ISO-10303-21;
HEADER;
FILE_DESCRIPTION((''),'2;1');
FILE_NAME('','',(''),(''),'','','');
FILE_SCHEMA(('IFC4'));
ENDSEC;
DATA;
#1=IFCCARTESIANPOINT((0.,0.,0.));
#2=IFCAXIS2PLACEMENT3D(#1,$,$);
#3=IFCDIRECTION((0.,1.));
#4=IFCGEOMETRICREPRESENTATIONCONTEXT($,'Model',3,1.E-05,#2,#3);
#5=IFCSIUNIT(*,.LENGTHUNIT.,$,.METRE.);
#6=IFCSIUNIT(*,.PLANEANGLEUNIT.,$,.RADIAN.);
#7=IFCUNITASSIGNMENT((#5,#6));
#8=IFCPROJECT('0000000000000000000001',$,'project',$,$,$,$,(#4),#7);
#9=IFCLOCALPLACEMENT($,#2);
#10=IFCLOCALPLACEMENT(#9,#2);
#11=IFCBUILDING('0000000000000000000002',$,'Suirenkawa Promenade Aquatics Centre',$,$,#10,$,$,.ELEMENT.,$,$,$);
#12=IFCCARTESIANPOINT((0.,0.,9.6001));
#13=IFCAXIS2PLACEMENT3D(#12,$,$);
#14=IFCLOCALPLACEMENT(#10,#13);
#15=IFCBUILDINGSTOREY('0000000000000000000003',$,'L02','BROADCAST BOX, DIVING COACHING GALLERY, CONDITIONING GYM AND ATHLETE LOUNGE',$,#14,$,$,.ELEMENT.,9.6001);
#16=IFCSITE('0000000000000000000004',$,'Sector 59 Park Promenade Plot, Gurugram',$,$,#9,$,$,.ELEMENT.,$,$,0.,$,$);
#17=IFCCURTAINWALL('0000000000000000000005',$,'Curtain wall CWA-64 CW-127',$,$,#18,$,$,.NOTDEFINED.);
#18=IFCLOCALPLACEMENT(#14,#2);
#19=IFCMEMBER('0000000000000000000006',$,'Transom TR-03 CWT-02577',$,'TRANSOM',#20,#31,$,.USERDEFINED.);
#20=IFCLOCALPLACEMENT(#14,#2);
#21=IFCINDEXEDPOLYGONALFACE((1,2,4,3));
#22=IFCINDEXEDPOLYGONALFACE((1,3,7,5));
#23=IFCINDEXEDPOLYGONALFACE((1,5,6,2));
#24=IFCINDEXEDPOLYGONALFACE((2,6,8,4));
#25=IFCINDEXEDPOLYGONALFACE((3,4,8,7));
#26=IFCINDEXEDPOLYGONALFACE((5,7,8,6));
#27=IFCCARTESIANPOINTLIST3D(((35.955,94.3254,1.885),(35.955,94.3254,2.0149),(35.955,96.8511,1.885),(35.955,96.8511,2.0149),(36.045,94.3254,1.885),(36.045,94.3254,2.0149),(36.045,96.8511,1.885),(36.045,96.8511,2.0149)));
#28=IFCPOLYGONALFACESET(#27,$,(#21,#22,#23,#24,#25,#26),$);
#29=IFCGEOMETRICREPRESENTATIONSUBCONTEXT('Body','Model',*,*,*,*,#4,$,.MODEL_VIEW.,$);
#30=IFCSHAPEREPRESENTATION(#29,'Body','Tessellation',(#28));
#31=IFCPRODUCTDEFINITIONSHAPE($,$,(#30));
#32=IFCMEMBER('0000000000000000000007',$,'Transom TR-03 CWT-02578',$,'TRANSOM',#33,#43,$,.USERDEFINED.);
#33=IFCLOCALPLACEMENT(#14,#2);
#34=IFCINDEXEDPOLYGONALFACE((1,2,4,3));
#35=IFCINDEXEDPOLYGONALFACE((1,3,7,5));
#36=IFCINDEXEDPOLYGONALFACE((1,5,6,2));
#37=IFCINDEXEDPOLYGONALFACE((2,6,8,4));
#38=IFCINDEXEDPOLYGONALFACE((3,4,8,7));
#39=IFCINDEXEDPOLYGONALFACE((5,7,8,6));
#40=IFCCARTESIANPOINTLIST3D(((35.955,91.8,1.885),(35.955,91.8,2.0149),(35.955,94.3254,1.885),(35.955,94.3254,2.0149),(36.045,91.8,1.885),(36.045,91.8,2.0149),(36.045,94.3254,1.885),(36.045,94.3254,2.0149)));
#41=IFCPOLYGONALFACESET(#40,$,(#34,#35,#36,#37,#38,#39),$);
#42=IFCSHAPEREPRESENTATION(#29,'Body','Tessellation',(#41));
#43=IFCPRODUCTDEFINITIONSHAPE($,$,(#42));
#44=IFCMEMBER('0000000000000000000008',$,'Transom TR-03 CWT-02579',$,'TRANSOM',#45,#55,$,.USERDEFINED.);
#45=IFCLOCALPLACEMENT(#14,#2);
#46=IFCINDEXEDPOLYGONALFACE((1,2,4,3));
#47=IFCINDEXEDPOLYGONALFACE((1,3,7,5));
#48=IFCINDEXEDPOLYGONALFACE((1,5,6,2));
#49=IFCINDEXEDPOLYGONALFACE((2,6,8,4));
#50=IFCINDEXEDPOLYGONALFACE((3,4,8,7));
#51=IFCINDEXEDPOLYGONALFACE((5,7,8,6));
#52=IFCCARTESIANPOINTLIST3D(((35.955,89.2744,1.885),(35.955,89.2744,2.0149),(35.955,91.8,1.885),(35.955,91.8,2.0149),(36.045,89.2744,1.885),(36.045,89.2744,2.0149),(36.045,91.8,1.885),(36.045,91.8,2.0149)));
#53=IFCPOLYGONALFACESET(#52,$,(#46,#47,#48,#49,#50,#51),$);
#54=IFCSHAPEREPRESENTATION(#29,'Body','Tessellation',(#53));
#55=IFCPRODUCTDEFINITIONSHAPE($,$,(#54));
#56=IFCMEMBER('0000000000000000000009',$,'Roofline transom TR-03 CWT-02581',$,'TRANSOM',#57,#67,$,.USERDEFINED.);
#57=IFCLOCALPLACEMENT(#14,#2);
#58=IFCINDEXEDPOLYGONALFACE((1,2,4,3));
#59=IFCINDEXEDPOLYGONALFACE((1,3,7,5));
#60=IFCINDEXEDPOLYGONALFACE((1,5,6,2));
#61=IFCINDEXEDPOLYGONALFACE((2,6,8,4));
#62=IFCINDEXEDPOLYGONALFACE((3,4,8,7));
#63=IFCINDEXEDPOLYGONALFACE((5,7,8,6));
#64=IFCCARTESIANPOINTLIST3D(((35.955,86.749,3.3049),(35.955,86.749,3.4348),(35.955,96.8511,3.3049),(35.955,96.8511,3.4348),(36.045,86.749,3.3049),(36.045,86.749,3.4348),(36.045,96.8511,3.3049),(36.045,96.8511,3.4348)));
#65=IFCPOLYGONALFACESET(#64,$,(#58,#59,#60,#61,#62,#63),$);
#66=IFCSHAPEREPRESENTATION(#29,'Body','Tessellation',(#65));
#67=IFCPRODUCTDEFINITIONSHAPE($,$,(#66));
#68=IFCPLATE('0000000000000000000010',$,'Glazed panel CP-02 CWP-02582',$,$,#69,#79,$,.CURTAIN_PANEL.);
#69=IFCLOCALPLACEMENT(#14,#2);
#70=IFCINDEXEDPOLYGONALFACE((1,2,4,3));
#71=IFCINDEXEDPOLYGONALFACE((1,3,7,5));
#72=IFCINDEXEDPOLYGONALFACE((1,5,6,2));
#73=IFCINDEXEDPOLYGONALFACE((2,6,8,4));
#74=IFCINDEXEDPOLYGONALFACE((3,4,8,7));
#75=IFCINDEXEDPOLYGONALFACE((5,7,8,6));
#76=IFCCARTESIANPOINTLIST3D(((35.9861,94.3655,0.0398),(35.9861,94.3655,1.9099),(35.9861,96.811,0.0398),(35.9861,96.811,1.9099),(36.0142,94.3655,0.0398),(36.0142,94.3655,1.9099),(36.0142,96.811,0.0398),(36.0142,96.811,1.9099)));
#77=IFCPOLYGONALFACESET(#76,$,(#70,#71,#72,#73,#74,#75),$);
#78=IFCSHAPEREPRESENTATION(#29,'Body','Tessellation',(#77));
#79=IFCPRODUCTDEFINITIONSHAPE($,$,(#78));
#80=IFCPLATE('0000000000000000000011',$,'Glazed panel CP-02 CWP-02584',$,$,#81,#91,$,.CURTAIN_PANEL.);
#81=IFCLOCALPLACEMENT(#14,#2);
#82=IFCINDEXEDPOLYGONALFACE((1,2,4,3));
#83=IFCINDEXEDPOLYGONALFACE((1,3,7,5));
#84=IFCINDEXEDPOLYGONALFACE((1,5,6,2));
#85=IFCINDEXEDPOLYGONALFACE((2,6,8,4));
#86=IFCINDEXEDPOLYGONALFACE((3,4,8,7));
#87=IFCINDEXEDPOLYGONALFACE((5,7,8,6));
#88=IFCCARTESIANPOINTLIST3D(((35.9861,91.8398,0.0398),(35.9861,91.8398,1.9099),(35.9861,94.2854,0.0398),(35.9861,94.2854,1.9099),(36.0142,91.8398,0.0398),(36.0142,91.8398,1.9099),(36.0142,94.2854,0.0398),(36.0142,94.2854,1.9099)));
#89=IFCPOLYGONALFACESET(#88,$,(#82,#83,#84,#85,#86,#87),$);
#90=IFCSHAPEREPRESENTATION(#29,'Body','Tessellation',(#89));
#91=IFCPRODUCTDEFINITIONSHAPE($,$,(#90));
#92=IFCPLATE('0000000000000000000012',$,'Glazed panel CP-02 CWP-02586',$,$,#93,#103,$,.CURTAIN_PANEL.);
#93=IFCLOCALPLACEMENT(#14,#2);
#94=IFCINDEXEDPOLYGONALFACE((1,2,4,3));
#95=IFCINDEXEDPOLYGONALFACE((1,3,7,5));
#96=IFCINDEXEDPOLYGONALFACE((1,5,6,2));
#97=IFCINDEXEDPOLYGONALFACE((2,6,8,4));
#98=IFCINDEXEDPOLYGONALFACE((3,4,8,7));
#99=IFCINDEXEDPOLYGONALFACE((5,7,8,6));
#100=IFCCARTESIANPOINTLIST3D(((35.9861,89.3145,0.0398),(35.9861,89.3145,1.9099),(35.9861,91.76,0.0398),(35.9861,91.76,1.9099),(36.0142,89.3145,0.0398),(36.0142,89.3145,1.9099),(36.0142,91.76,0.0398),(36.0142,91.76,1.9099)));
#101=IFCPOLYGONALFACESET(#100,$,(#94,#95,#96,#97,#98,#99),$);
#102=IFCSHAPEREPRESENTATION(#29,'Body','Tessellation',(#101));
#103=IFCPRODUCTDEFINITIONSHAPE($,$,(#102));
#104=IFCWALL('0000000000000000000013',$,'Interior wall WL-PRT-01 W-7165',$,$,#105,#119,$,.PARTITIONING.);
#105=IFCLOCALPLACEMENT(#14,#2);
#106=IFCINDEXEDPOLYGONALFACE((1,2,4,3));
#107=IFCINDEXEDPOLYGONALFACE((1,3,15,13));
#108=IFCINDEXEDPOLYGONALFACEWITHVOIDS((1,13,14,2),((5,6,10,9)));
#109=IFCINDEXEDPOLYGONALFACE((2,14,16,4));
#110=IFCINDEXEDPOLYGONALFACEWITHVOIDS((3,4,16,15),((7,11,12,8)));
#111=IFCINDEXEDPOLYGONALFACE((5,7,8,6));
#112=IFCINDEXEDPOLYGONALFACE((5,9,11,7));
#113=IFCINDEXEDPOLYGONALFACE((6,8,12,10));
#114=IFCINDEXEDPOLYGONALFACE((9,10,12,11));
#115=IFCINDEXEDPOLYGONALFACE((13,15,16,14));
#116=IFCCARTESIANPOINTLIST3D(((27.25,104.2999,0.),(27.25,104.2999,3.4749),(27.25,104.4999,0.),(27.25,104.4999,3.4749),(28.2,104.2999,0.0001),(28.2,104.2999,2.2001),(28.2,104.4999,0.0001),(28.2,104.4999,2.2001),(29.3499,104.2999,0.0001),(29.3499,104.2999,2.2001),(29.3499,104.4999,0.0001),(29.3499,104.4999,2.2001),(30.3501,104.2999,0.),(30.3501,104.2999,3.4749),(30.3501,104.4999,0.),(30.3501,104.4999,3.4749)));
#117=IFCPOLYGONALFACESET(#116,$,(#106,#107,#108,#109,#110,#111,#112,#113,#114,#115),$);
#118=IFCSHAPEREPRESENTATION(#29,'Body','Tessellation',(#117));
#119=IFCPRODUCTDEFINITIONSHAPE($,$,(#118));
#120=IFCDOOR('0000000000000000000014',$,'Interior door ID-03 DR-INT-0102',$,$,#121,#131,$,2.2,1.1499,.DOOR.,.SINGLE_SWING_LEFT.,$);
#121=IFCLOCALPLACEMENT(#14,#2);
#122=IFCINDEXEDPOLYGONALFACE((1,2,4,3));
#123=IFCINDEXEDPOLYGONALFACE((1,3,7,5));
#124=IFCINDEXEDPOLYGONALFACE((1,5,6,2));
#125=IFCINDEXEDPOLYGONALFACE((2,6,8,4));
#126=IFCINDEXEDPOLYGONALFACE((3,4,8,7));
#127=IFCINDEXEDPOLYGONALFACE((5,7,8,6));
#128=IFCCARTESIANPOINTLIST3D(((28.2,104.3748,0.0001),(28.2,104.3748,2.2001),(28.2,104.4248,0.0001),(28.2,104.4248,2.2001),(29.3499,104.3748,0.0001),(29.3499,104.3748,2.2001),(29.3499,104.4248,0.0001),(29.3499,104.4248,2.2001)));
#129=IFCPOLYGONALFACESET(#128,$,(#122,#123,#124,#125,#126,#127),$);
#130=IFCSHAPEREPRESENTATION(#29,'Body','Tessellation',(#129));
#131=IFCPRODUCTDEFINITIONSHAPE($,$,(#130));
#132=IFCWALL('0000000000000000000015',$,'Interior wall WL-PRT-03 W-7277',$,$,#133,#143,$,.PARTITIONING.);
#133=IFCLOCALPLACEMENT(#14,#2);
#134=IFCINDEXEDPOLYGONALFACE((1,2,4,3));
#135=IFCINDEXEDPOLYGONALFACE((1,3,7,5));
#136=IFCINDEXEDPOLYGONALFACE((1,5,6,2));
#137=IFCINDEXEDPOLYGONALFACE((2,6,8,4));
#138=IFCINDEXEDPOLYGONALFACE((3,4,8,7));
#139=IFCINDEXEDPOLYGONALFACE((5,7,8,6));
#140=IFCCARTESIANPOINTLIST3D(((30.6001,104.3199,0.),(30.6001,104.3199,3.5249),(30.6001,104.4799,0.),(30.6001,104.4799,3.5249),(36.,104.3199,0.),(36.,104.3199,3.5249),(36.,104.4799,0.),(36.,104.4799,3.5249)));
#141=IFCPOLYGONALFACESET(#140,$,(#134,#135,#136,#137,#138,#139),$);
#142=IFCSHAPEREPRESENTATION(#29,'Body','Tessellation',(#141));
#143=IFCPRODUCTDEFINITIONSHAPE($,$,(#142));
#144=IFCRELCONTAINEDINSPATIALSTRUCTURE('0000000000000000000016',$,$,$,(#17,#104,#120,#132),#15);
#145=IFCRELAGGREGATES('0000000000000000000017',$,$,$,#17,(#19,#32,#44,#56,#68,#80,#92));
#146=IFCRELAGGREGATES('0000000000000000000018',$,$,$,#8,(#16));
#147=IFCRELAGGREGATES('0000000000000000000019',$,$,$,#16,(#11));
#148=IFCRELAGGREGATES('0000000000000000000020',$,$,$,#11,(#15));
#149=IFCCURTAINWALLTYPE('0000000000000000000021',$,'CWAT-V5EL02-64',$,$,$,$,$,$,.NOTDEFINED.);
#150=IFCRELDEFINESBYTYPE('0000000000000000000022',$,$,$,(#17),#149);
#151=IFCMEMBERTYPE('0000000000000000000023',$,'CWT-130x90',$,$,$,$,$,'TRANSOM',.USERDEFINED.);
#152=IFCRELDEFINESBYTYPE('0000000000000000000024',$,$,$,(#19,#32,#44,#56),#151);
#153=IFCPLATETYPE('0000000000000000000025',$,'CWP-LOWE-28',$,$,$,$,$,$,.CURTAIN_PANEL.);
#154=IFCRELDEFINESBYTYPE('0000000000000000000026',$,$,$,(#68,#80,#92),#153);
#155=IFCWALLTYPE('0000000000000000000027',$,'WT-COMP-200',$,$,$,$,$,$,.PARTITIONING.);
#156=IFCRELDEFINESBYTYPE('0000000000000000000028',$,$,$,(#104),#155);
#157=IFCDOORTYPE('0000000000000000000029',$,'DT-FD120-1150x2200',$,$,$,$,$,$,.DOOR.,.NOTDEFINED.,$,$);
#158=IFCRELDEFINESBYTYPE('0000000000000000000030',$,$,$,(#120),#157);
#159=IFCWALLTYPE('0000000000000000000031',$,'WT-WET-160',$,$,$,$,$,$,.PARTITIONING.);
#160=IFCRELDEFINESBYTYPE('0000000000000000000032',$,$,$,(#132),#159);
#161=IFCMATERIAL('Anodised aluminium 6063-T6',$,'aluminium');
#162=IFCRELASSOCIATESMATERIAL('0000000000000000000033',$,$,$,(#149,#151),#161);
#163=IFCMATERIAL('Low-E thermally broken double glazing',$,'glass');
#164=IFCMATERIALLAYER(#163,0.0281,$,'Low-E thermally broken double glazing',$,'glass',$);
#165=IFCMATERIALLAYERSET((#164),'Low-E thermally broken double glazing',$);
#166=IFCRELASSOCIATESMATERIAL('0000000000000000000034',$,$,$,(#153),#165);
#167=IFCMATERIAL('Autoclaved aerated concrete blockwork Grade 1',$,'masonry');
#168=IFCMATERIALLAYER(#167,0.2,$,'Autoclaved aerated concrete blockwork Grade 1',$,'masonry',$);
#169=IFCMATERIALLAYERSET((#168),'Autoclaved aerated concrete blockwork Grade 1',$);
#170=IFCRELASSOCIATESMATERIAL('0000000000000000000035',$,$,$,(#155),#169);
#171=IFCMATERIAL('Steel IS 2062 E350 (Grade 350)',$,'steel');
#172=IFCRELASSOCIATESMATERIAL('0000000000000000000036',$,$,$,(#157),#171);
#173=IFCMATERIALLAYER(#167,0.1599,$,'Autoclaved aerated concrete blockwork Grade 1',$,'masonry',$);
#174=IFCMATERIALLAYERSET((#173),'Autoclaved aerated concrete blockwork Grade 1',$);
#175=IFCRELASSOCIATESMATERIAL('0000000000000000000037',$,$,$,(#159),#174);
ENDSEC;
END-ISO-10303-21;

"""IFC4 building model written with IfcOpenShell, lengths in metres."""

from ifc_helpers import new_model, si_unit, direction, frame, frame_2d, origin, origin_2d, place, context, subcontext, project, spatial, polyline, rectangle, outline, extrude, material, layer, layer_set, material_profile, profile_set, type_object, element, fill, aggregate, save


model = new_model("IFC4")

# Units and contexts
model_context = context("Model", 3, precision=1e-05, world=origin(), true_north=direction((0.0, 1.0)))
body_context = subcontext(model_context, "Body", "Model", "MODEL_VIEW")
ifc_project = project(units=[si_unit("LENGTHUNIT", "METRE"), si_unit("PLANEANGLEUNIT", "RADIAN")], contexts=[model_context])

# Site, building, storey
site_placement = place(None, origin())
site = spatial("IfcSite", under=ifc_project, at=site_placement, Name="Sector 59 Park Promenade Plot, Gurugram", CompositionType="ELEMENT", RefElevation=0.0)
building_placement = place(site_placement, origin())
building = spatial("IfcBuilding", under=site, at=building_placement, Name="Suirenkawa Promenade Aquatics Centre", CompositionType="ELEMENT")
storey_placement = place(building_placement, frame((0.0, 0.0, 9.6001)))
storey = spatial("IfcBuildingStorey", under=building, at=storey_placement, Name="L02", Description="BROADCAST BOX, DIVING COACHING GALLERY, CONDITIONING GYM AND ATHLETE LOUNGE", CompositionType="ELEMENT", Elevation=9.6001)

# Shared definitions
ifc_material_1 = material(Name="Steel IS 2062 E350 (Grade 350)", Category="steel")

# Curtain wall, members, plates
ifc_material_2 = material(Name="Anodised aluminium 6063-T6", Category="aluminium")
curtain_wall_type = type_object("IfcCurtainWallType", Name="CWAT-V5EL02-64", PredefinedType="NOTDEFINED", material=ifc_material_2)
curtain_wall_placement = place(storey_placement, origin())
curtain_wall = element("IfcCurtainWall", 1, at=curtain_wall_placement, inside=storey, type_object=curtain_wall_type, Name="Curtain wall CWA-64 CW-127", PredefinedType="NOTDEFINED")
ifc_material_profile_1 = material_profile(ifc_material_2, rectangle(XDim=0.0901, YDim=0.1299, at=origin_2d()), Name="ALU TRAN 90x130", Category="aluminium")
ifc_profile_set_1 = profile_set([ifc_material_profile_1], Name="Anodised aluminium 6063-T6")
member_type_1 = type_object("IfcMemberType", Name="CWT-130x90", ElementType="TRANSOM", PredefinedType="USERDEFINED", material=ifc_profile_set_1)
member_1_placement = place(storey_placement, frame((36.0, 96.8511, 1.95), z_axis=(0.0, -1.0, 0.0), x_axis=(1.0, 0.0, 0.0)))
member_1 = element("IfcMember", 2, at=member_1_placement, type_object=member_type_1, Name="Transom TR-03 CWT-02577", ObjectType="TRANSOM", PredefinedType="USERDEFINED", context=body_context, shape_type="SweptSolid", body=[
    extrude(rectangle(XDim=0.0901, YDim=0.1299, at=origin_2d()), origin(), (0.0, 0.0, 1.0), 2.5256),
])
member_2_placement = place(storey_placement, frame((36.0, 94.3254, 1.95), z_axis=(0.0, -1.0, 0.0), x_axis=(1.0, 0.0, 0.0)))
member_2 = element("IfcMember", 3, at=member_2_placement, type_object=member_type_1, Name="Transom TR-03 CWT-02578", ObjectType="TRANSOM", PredefinedType="USERDEFINED", context=body_context, shape_type="SweptSolid", body=[
    extrude(rectangle(XDim=0.0901, YDim=0.1299, at=origin_2d()), origin(), (0.0, 0.0, 1.0), 2.5254),
])
member_3_placement = place(storey_placement, frame((36.0, 91.8, 1.95), z_axis=(0.0, -1.0, 0.0), x_axis=(1.0, 0.0, 0.0)))
member_3 = element("IfcMember", 4, at=member_3_placement, type_object=member_type_1, Name="Transom TR-03 CWT-02579", ObjectType="TRANSOM", PredefinedType="USERDEFINED", context=body_context, shape_type="SweptSolid", body=[
    extrude(rectangle(XDim=0.0901, YDim=0.1299, at=origin_2d()), origin(), (0.0, 0.0, 1.0), 2.5256),
])
member_4_placement = place(storey_placement, frame((36.0, 96.8511, 3.3699), z_axis=(0.0, -1.0, 0.0), x_axis=(1.0, 0.0, 0.0)))
member_4 = element("IfcMember", 5, at=member_4_placement, type_object=member_type_1, Name="Roofline transom TR-03 CWT-02581", ObjectType="TRANSOM", PredefinedType="USERDEFINED", context=body_context, shape_type="SweptSolid", body=[
    extrude(rectangle(XDim=0.0901, YDim=0.1299, at=origin_2d()), origin(), (0.0, 0.0, 1.0), 10.1021),
])
ifc_material_3 = material(Name="Low-E thermally broken double glazing", Category="glass")
ifc_layer_1 = layer(ifc_material_3, 0.0281, Name="Low-E thermally broken double glazing", Category="glass")
ifc_layer_set_1 = layer_set([ifc_layer_1], Name="Low-E thermally broken double glazing")
plate_type = type_object("IfcPlateType", Name="CWP-LOWE-28", PredefinedType="CURTAIN_PANEL", material=ifc_layer_set_1)
plate_1_placement = place(storey_placement, frame((36.0, 96.8511, 0.0398), z_axis=(0.0, 0.0, 1.0), x_axis=(0.0, -1.0, 0.0)))
plate_1 = element("IfcPlate", 6, at=plate_1_placement, type_object=plate_type, Name="Glazed panel CP-02 CWP-02582", PredefinedType="CURTAIN_PANEL", context=body_context, shape_type="SweptSolid", body=[
    extrude(outline(polyline([(0.04, 0.0), (2.4856, 0.0), (2.4856, 1.8701), (0.04, 1.8701), (0.04, 0.0)])), frame((0.0, 0.0142, 0.0), z_axis=(0.0, -1.0, 0.0), x_axis=(1.0, 0.0, 0.0)), (0.0, 0.0, 1.0), 0.0281),
])
plate_2_placement = place(storey_placement, frame((36.0, 94.3254, 0.0398), z_axis=(0.0, 0.0, 1.0), x_axis=(0.0, -1.0, 0.0)))
plate_2 = element("IfcPlate", 7, at=plate_2_placement, type_object=plate_type, Name="Glazed panel CP-02 CWP-02584", PredefinedType="CURTAIN_PANEL", context=body_context, shape_type="SweptSolid", body=[
    extrude(outline(polyline([(0.04, 0.0), (2.4856, 0.0), (2.4856, 1.8701), (0.04, 1.8701), (0.04, 0.0)])), frame((0.0, 0.0142, 0.0), z_axis=(0.0, -1.0, 0.0), x_axis=(1.0, 0.0, 0.0)), (0.0, 0.0, 1.0), 0.0281),
])
plate_3_placement = place(storey_placement, frame((36.0, 91.8, 0.0398), z_axis=(0.0, 0.0, 1.0), x_axis=(0.0, -1.0, 0.0)))
plate_3 = element("IfcPlate", 8, at=plate_3_placement, type_object=plate_type, Name="Glazed panel CP-02 CWP-02586", PredefinedType="CURTAIN_PANEL", context=body_context, shape_type="SweptSolid", body=[
    extrude(outline(polyline([(0.04, 0.0), (2.4856, 0.0), (2.4856, 1.8701), (0.04, 1.8701), (0.04, 0.0)])), frame((0.0, 0.0142, 0.0), z_axis=(0.0, -1.0, 0.0), x_axis=(1.0, 0.0, 0.0)), (0.0, 0.0, 1.0), 0.0281),
])
aggregate(curtain_wall, [member_1, member_2, member_3, member_4, plate_1, plate_2, plate_3])

# Wall, opening, door
ifc_material_4 = material(Name="Autoclaved aerated concrete blockwork Grade 1", Category="masonry")
ifc_layer_2 = layer(ifc_material_4, 0.2, Name="Autoclaved aerated concrete blockwork Grade 1", Category="masonry")
ifc_layer_set_2 = layer_set([ifc_layer_2], Name="Autoclaved aerated concrete blockwork Grade 1")
wall_type_1 = type_object("IfcWallType", Name="WT-COMP-200", PredefinedType="PARTITIONING", material=ifc_layer_set_2)
wall_1_placement = place(storey_placement, frame((27.25, 104.3999, 0.0), z_axis=(0.0, 0.0, 1.0), x_axis=(1.0, 0.0, 0.0)))
wall_1 = element("IfcWall", 9, at=wall_1_placement, inside=storey, type_object=wall_type_1, Name="Interior wall WL-PRT-01 W-7165", PredefinedType="PARTITIONING", context=body_context, shape_type="SweptSolid", body=[
    extrude(rectangle(XDim=3.1001, YDim=0.2, at=frame_2d((1.55, 0.0))), origin(), (0.0, 0.0, 1.0), 3.4749),
])
opening_placement = place(wall_1_placement, frame((0.95, 0.0, 0.0)))
opening = element("IfcOpeningElement", 10, at=opening_placement, cuts=wall_1, PredefinedType="OPENING", context=body_context, shape_type="SweptSolid", body=[
    extrude(rectangle(XDim=1.1499, YDim=2.2, at=frame_2d((0.575, 1.1001))), frame((0.0, 0.1099, 0.0), z_axis=(0.0, -1.0, 0.0), x_axis=(1.0, 0.0, 0.0)), (0.0, 0.0, 1.0), 0.22),
])
door_type = type_object("IfcDoorType", Name="DT-FD120-1150x2200", OperationType="NOTDEFINED", PredefinedType="DOOR", material=ifc_material_1)
door_placement = place(opening_placement, origin())
door = element("IfcDoor", 11, at=door_placement, inside=storey, type_object=door_type, Name="Interior door ID-03 DR-INT-0102", OperationType="SINGLE_SWING_LEFT", OverallHeight=2.2, OverallWidth=1.1499, PredefinedType="DOOR", context=body_context, shape_type="SweptSolid", body=[
    extrude(rectangle(XDim=1.1499, YDim=2.2, at=frame_2d((0.575, 1.1001))), frame((0.0, 0.0249, 0.0), z_axis=(0.0, -1.0, 0.0), x_axis=(1.0, 0.0, 0.0)), (0.0, 0.0, 1.0), 0.05),
])
fill(opening, door)

# Wall
ifc_layer_3 = layer(ifc_material_4, 0.1599, Name="Autoclaved aerated concrete blockwork Grade 1", Category="masonry")
ifc_layer_set_3 = layer_set([ifc_layer_3], Name="Autoclaved aerated concrete blockwork Grade 1")
wall_type_2 = type_object("IfcWallType", Name="WT-WET-160", PredefinedType="PARTITIONING", material=ifc_layer_set_3)
wall_2_placement = place(storey_placement, frame((30.6001, 104.3999, 0.0), z_axis=(0.0, 0.0, 1.0), x_axis=(1.0, 0.0, 0.0)))
element("IfcWall", 12, at=wall_2_placement, inside=storey, type_object=wall_type_2, Name="Interior wall WL-PRT-03 W-7277", PredefinedType="PARTITIONING", context=body_context, shape_type="SweptSolid", body=[
    extrude(rectangle(XDim=5.3999, YDim=0.1599, at=frame_2d((2.7, 0.0))), origin(), (0.0, 0.0, 1.0), 3.5249),
])

save(model, "model.ifc")
